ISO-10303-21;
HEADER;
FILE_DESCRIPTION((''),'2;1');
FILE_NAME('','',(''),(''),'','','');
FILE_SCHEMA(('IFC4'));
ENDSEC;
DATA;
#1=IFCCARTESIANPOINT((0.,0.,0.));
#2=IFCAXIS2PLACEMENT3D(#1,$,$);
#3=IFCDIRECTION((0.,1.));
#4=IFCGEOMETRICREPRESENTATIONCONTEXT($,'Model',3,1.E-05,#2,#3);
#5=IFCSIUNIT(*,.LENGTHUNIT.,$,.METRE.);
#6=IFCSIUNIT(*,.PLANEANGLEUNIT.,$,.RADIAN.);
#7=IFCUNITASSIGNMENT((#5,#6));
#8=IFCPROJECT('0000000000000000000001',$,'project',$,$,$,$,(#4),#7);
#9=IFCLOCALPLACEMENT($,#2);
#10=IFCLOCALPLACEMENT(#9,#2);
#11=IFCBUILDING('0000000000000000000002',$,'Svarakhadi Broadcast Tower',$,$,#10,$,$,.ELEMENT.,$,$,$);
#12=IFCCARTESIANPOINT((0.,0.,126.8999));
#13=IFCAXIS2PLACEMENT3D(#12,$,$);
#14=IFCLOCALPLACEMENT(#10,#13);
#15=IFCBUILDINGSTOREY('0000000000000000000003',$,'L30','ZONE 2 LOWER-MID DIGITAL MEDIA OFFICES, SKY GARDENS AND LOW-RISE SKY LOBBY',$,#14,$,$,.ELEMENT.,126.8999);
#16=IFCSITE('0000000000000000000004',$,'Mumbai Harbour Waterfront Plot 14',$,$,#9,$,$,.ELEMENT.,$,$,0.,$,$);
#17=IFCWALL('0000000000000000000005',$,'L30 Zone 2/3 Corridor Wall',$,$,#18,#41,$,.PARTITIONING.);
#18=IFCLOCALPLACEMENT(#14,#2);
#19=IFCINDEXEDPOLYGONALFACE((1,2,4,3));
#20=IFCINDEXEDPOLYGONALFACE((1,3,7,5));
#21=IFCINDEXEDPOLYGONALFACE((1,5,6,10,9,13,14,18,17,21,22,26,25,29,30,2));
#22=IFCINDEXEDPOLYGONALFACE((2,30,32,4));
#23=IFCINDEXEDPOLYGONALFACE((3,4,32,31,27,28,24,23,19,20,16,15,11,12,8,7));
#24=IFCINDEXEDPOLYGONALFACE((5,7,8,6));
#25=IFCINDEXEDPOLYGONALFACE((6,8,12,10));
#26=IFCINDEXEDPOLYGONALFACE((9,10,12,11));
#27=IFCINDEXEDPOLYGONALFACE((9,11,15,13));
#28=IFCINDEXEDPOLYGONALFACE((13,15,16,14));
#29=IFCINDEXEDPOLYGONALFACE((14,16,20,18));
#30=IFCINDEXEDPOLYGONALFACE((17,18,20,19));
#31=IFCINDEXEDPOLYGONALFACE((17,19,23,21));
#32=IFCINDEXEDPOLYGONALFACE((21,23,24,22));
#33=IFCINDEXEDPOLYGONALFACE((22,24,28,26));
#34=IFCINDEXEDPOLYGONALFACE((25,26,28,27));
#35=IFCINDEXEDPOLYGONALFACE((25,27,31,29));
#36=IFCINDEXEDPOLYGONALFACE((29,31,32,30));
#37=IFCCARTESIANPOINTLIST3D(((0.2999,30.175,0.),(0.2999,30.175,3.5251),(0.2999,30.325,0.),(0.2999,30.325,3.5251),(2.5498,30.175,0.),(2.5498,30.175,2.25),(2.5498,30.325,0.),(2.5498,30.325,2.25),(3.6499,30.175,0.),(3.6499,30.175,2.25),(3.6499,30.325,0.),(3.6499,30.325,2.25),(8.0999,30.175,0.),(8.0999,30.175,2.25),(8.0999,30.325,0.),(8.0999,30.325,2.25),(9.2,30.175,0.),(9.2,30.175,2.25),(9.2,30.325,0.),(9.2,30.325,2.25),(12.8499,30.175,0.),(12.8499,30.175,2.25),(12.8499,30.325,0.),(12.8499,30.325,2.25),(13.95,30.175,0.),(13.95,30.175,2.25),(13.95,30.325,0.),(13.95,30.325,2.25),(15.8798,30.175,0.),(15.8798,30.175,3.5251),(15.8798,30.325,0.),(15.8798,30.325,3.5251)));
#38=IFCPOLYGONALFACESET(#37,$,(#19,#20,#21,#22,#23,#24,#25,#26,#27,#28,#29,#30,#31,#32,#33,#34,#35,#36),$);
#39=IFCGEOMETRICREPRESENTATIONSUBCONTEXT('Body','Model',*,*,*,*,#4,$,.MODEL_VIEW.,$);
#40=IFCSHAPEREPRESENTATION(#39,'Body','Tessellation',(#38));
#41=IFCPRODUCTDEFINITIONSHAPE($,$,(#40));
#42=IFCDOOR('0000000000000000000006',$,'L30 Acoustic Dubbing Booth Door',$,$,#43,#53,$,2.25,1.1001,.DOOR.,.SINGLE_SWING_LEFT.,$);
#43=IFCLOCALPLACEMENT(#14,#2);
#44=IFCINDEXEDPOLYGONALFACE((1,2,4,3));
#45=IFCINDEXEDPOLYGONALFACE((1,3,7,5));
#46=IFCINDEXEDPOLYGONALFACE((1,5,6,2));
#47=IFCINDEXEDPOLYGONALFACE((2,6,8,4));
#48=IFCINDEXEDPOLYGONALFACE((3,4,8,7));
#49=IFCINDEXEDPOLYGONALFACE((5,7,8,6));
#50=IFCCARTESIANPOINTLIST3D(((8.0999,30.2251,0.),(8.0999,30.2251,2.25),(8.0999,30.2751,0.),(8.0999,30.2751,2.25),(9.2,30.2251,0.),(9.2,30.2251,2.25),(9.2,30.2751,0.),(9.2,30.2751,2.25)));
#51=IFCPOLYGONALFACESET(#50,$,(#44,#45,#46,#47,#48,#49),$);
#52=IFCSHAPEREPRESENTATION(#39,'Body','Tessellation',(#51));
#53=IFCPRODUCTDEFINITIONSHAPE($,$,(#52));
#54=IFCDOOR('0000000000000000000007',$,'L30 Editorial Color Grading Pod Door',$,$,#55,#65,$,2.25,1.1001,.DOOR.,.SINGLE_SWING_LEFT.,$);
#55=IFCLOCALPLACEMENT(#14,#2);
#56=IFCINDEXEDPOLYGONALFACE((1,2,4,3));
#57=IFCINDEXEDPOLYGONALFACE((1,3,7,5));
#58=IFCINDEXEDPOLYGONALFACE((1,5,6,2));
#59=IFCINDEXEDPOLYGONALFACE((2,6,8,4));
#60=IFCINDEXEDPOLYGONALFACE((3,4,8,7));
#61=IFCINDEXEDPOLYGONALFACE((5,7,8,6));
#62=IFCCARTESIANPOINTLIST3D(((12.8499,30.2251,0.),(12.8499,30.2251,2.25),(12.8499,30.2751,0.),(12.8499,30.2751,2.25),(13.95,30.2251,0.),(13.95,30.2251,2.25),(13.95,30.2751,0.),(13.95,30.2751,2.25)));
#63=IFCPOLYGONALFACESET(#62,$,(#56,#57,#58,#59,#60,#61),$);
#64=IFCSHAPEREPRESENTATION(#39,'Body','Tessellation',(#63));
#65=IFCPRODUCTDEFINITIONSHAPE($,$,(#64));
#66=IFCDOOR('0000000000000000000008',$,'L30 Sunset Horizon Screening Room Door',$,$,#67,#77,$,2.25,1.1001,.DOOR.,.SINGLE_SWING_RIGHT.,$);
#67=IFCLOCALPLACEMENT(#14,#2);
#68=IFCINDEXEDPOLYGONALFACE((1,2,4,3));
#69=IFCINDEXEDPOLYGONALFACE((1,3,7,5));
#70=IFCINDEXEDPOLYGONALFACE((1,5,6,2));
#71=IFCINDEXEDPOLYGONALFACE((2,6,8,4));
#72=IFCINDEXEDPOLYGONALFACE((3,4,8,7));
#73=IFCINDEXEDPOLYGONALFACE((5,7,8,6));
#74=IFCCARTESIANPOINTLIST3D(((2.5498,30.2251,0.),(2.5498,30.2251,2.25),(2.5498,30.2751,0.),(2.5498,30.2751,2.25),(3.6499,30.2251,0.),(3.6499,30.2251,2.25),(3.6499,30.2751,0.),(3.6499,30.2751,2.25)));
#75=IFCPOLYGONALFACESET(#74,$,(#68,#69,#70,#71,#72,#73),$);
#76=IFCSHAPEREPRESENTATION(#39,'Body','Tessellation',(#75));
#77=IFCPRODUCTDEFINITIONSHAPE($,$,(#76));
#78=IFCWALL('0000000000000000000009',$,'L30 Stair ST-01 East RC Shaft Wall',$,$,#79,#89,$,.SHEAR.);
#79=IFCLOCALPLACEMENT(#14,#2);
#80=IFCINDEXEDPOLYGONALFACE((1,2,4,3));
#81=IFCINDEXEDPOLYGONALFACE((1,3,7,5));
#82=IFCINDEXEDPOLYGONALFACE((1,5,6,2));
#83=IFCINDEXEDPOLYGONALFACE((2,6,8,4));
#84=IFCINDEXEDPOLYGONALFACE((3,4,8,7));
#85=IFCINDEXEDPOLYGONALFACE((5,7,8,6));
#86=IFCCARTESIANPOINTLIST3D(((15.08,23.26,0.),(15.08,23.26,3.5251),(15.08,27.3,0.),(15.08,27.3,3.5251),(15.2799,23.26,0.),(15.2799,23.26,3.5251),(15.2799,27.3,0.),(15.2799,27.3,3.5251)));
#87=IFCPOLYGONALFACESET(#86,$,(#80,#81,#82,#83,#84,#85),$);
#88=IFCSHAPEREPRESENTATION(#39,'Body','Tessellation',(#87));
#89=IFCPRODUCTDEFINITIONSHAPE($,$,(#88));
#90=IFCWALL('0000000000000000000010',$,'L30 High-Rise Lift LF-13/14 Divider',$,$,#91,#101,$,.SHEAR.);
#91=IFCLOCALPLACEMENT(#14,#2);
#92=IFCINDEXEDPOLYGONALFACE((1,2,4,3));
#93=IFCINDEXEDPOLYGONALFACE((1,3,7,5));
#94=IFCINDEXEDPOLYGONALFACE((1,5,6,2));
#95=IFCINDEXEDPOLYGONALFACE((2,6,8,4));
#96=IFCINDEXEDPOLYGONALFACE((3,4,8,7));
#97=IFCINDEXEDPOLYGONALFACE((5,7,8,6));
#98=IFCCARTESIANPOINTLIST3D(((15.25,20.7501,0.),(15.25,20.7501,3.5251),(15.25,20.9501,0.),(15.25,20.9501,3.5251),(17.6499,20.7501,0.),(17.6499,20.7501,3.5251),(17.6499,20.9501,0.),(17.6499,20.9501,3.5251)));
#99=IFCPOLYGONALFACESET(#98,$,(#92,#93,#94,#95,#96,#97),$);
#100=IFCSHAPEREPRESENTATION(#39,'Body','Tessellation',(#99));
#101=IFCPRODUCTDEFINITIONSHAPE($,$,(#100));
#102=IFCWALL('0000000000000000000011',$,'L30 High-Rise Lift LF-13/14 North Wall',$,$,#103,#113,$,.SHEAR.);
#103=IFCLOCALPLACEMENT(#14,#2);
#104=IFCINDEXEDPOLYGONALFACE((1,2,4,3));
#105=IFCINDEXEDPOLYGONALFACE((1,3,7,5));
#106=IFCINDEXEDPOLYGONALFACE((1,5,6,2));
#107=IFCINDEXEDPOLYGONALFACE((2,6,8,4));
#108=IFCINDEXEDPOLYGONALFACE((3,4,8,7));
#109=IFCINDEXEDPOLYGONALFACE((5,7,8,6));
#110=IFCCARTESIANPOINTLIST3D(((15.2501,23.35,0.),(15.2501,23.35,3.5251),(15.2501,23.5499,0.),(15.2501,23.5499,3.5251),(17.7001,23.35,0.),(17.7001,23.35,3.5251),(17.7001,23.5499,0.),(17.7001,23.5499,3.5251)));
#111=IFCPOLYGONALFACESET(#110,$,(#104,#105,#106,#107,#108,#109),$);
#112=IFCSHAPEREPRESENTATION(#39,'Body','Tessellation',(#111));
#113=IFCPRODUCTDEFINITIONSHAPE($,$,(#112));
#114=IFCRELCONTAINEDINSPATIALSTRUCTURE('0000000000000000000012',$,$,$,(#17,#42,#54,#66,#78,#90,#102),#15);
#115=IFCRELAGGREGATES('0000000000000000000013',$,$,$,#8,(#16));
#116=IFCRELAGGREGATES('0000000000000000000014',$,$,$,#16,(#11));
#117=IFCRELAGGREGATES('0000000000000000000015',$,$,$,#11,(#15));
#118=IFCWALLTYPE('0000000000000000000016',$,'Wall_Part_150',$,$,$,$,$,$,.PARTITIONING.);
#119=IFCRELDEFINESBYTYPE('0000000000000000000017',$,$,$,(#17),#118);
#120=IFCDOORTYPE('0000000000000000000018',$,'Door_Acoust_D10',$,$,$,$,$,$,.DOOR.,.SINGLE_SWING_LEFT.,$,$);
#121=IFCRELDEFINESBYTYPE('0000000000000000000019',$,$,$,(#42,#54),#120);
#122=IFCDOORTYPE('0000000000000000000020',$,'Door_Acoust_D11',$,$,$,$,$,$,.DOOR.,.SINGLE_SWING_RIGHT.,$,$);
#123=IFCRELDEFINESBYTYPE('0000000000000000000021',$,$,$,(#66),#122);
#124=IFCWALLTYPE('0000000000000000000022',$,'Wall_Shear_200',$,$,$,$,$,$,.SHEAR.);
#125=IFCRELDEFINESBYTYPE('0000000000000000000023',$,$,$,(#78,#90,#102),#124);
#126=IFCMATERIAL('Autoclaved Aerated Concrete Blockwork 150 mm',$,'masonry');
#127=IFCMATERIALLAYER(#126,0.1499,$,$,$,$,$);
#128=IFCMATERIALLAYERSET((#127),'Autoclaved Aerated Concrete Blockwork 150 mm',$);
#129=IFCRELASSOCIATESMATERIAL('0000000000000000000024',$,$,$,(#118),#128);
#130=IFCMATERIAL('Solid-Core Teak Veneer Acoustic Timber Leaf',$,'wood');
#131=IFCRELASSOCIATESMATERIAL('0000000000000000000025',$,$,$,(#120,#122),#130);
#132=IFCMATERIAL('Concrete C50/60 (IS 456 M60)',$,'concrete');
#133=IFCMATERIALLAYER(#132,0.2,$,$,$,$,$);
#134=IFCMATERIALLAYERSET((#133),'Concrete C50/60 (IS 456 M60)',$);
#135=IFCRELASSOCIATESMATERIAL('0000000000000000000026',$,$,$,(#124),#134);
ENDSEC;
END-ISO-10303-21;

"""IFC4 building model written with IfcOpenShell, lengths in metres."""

from ifc_helpers import new_model, si_unit, direction, frame, frame_2d, origin, place, context, subcontext, project, spatial, rectangle, extrude, material, layer, layer_set, type_object, element, fill, save


model = new_model("IFC4")

# Units and contexts
model_context = context("Model", 3, precision=1e-05, world=origin(), true_north=direction((0.0, 1.0)))
body_context = subcontext(model_context, "Body", "Model", "MODEL_VIEW")
ifc_project = project(units=[si_unit("LENGTHUNIT", "METRE"), si_unit("PLANEANGLEUNIT", "RADIAN")], contexts=[model_context])

# Site, building, storey
site_placement = place(None, origin())
site = spatial("IfcSite", under=ifc_project, at=site_placement, Name="Mumbai Harbour Waterfront Plot 14", CompositionType="ELEMENT", RefElevation=0.0)
building_placement = place(site_placement, origin())
building = spatial("IfcBuilding", under=site, at=building_placement, Name="Svarakhadi Broadcast Tower", CompositionType="ELEMENT")
storey_placement = place(building_placement, frame((0.0, 0.0, 126.8999)))
storey = spatial("IfcBuildingStorey", under=building, at=storey_placement, Name="L30", Description="ZONE 2 LOWER-MID DIGITAL MEDIA OFFICES, SKY GARDENS AND LOW-RISE SKY LOBBY", CompositionType="ELEMENT", Elevation=126.8999)

# Shared definitions
ifc_material_1 = material(Name="Concrete C50/60 (IS 456 M60)", Category="concrete")

# Shared definitions
ifc_material_2 = material(Name="Autoclaved Aerated Concrete Blockwork 150 mm", Category="masonry")
ifc_layer_1 = layer(ifc_material_2, 0.1499)
ifc_layer_set_1 = layer_set([ifc_layer_1], Name="Autoclaved Aerated Concrete Blockwork 150 mm")
wall_type_1 = type_object("IfcWallType", Name="Wall_Part_150", PredefinedType="PARTITIONING", material=ifc_layer_set_1)

# Wall, openings, doors
wall_1_placement = place(storey_placement, frame((15.8799, 30.25, 0.0), z_axis=(0.0, 0.0, 1.0), x_axis=(-1.0, 0.0, 0.0)))
wall_1 = element("IfcWall", 1, at=wall_1_placement, inside=storey, type_object=wall_type_1, Name="L30 Zone 2/3 Corridor Wall", PredefinedType="PARTITIONING", context=body_context, shape_type="SweptSolid", body=[
    extrude(rectangle(XDim=15.5798, YDim=0.1499, at=frame_2d((7.79, 0.0))), origin(), (0.0, 0.0, 1.0), 3.5251),
])
opening_1_placement = place(wall_1_placement, frame((12.23, 0.0, 0.0)))
opening_1 = element("IfcOpeningElement", 2, at=opening_1_placement, cuts=wall_1, PredefinedType="OPENING", context=body_context, shape_type="SweptSolid", body=[
    extrude(rectangle(XDim=1.1001, YDim=2.25, at=frame_2d((0.55, 1.125))), frame((0.0, 0.085, 0.0), z_axis=(0.0, -1.0, 0.0), x_axis=(1.0, 0.0, 0.0)), (0.0, 0.0, 1.0), 0.1699),
])
opening_2_placement = place(wall_1_placement, frame((6.6799, 0.0, 0.0)))
opening_2 = element("IfcOpeningElement", 3, at=opening_2_placement, cuts=wall_1, PredefinedType="OPENING", context=body_context, shape_type="SweptSolid", body=[
    extrude(rectangle(XDim=1.1001, YDim=2.25, at=frame_2d((0.55, 1.125))), frame((0.0, 0.085, 0.0), z_axis=(0.0, -1.0, 0.0), x_axis=(1.0, 0.0, 0.0)), (0.0, 0.0, 1.0), 0.1699),
])
opening_3_placement = place(wall_1_placement, frame((1.9299, 0.0, 0.0)))
opening_3 = element("IfcOpeningElement", 4, at=opening_3_placement, cuts=wall_1, PredefinedType="OPENING", context=body_context, shape_type="SweptSolid", body=[
    extrude(rectangle(XDim=1.1001, YDim=2.25, at=frame_2d((0.55, 1.125))), frame((0.0, 0.085, 0.0), z_axis=(0.0, -1.0, 0.0), x_axis=(1.0, 0.0, 0.0)), (0.0, 0.0, 1.0), 0.1699),
])
ifc_material_3 = material(Name="Solid-Core Teak Veneer Acoustic Timber Leaf", Category="wood")
door_type_1 = type_object("IfcDoorType", Name="Door_Acoust_D10", OperationType="SINGLE_SWING_LEFT", PredefinedType="DOOR", material=ifc_material_3)
door_1_placement = place(opening_2_placement, origin())
door_1 = element("IfcDoor", 5, at=door_1_placement, inside=storey, type_object=door_type_1, Name="L30 Acoustic Dubbing Booth Door", OperationType="SINGLE_SWING_LEFT", OverallHeight=2.25, OverallWidth=1.1001, PredefinedType="DOOR", context=body_context, shape_type="SweptSolid", body=[
    extrude(rectangle(XDim=1.1001, YDim=2.25, at=frame_2d((0.55, 1.125))), frame((0.0, 0.0249, 0.0), z_axis=(0.0, -1.0, 0.0), x_axis=(1.0, 0.0, 0.0)), (0.0, 0.0, 1.0), 0.05),
])
fill(opening_2, door_1)
door_2_placement = place(opening_3_placement, origin())
door_2 = element("IfcDoor", 6, at=door_2_placement, inside=storey, type_object=door_type_1, Name="L30 Editorial Color Grading Pod Door", OperationType="SINGLE_SWING_LEFT", OverallHeight=2.25, OverallWidth=1.1001, PredefinedType="DOOR", context=body_context, shape_type="SweptSolid", body=[
    extrude(rectangle(XDim=1.1001, YDim=2.25, at=frame_2d((0.55, 1.125))), frame((0.0, 0.0249, 0.0), z_axis=(0.0, -1.0, 0.0), x_axis=(1.0, 0.0, 0.0)), (0.0, 0.0, 1.0), 0.05),
])
fill(opening_3, door_2)
door_type_2 = type_object("IfcDoorType", Name="Door_Acoust_D11", OperationType="SINGLE_SWING_RIGHT", PredefinedType="DOOR", material=ifc_material_3)
door_3_placement = place(opening_1_placement, origin())
door_3 = element("IfcDoor", 7, at=door_3_placement, inside=storey, type_object=door_type_2, Name="L30 Sunset Horizon Screening Room Door", OperationType="SINGLE_SWING_RIGHT", OverallHeight=2.25, OverallWidth=1.1001, PredefinedType="DOOR", context=body_context, shape_type="SweptSolid", body=[
    extrude(rectangle(XDim=1.1001, YDim=2.25, at=frame_2d((0.55, 1.125))), frame((0.0, 0.0249, 0.0), z_axis=(0.0, -1.0, 0.0), x_axis=(1.0, 0.0, 0.0)), (0.0, 0.0, 1.0), 0.05),
])
fill(opening_1, door_3)

# Wall
ifc_layer_2 = layer(ifc_material_1, 0.2)
ifc_layer_set_2 = layer_set([ifc_layer_2], Name="Concrete C50/60 (IS 456 M60)")
wall_type_2 = type_object("IfcWallType", Name="Wall_Shear_200", PredefinedType="SHEAR", material=ifc_layer_set_2)
wall_2_placement = place(storey_placement, frame((15.1799, 23.26, 0.0), z_axis=(0.0, 0.0, 1.0), x_axis=(0.0, 1.0, 0.0)))
element("IfcWall", 8, at=wall_2_placement, inside=storey, type_object=wall_type_2, Name="L30 Stair ST-01 East RC Shaft Wall", PredefinedType="SHEAR", context=body_context, shape_type="SweptSolid", body=[
    extrude(rectangle(XDim=4.04, YDim=0.2, at=frame_2d((2.02, 0.0))), origin(), (0.0, 0.0, 1.0), 3.5251),
])

# Walls
wall_3_placement = place(storey_placement, frame((15.25, 20.8501, 0.0), z_axis=(0.0, 0.0, 1.0), x_axis=(1.0, 0.0, 0.0)))
element("IfcWall", 9, at=wall_3_placement, inside=storey, type_object=wall_type_2, Name="L30 High-Rise Lift LF-13/14 Divider", PredefinedType="SHEAR", context=body_context, shape_type="SweptSolid", body=[
    extrude(rectangle(XDim=2.3999, YDim=0.2, at=frame_2d((1.2, 0.0))), origin(), (0.0, 0.0, 1.0), 3.5251),
])
wall_4_placement = place(storey_placement, frame((15.25, 23.45, 0.0), z_axis=(0.0, 0.0, 1.0), x_axis=(1.0, 0.0, 0.0)))
element("IfcWall", 10, at=wall_4_placement, inside=storey, type_object=wall_type_2, Name="L30 High-Rise Lift LF-13/14 North Wall", PredefinedType="SHEAR", context=body_context, shape_type="SweptSolid", body=[
    extrude(rectangle(XDim=2.45, YDim=0.2, at=frame_2d((1.2251, 0.0))), origin(), (0.0, 0.0, 1.0), 3.5251),
])

save(model, "model.ifc")
